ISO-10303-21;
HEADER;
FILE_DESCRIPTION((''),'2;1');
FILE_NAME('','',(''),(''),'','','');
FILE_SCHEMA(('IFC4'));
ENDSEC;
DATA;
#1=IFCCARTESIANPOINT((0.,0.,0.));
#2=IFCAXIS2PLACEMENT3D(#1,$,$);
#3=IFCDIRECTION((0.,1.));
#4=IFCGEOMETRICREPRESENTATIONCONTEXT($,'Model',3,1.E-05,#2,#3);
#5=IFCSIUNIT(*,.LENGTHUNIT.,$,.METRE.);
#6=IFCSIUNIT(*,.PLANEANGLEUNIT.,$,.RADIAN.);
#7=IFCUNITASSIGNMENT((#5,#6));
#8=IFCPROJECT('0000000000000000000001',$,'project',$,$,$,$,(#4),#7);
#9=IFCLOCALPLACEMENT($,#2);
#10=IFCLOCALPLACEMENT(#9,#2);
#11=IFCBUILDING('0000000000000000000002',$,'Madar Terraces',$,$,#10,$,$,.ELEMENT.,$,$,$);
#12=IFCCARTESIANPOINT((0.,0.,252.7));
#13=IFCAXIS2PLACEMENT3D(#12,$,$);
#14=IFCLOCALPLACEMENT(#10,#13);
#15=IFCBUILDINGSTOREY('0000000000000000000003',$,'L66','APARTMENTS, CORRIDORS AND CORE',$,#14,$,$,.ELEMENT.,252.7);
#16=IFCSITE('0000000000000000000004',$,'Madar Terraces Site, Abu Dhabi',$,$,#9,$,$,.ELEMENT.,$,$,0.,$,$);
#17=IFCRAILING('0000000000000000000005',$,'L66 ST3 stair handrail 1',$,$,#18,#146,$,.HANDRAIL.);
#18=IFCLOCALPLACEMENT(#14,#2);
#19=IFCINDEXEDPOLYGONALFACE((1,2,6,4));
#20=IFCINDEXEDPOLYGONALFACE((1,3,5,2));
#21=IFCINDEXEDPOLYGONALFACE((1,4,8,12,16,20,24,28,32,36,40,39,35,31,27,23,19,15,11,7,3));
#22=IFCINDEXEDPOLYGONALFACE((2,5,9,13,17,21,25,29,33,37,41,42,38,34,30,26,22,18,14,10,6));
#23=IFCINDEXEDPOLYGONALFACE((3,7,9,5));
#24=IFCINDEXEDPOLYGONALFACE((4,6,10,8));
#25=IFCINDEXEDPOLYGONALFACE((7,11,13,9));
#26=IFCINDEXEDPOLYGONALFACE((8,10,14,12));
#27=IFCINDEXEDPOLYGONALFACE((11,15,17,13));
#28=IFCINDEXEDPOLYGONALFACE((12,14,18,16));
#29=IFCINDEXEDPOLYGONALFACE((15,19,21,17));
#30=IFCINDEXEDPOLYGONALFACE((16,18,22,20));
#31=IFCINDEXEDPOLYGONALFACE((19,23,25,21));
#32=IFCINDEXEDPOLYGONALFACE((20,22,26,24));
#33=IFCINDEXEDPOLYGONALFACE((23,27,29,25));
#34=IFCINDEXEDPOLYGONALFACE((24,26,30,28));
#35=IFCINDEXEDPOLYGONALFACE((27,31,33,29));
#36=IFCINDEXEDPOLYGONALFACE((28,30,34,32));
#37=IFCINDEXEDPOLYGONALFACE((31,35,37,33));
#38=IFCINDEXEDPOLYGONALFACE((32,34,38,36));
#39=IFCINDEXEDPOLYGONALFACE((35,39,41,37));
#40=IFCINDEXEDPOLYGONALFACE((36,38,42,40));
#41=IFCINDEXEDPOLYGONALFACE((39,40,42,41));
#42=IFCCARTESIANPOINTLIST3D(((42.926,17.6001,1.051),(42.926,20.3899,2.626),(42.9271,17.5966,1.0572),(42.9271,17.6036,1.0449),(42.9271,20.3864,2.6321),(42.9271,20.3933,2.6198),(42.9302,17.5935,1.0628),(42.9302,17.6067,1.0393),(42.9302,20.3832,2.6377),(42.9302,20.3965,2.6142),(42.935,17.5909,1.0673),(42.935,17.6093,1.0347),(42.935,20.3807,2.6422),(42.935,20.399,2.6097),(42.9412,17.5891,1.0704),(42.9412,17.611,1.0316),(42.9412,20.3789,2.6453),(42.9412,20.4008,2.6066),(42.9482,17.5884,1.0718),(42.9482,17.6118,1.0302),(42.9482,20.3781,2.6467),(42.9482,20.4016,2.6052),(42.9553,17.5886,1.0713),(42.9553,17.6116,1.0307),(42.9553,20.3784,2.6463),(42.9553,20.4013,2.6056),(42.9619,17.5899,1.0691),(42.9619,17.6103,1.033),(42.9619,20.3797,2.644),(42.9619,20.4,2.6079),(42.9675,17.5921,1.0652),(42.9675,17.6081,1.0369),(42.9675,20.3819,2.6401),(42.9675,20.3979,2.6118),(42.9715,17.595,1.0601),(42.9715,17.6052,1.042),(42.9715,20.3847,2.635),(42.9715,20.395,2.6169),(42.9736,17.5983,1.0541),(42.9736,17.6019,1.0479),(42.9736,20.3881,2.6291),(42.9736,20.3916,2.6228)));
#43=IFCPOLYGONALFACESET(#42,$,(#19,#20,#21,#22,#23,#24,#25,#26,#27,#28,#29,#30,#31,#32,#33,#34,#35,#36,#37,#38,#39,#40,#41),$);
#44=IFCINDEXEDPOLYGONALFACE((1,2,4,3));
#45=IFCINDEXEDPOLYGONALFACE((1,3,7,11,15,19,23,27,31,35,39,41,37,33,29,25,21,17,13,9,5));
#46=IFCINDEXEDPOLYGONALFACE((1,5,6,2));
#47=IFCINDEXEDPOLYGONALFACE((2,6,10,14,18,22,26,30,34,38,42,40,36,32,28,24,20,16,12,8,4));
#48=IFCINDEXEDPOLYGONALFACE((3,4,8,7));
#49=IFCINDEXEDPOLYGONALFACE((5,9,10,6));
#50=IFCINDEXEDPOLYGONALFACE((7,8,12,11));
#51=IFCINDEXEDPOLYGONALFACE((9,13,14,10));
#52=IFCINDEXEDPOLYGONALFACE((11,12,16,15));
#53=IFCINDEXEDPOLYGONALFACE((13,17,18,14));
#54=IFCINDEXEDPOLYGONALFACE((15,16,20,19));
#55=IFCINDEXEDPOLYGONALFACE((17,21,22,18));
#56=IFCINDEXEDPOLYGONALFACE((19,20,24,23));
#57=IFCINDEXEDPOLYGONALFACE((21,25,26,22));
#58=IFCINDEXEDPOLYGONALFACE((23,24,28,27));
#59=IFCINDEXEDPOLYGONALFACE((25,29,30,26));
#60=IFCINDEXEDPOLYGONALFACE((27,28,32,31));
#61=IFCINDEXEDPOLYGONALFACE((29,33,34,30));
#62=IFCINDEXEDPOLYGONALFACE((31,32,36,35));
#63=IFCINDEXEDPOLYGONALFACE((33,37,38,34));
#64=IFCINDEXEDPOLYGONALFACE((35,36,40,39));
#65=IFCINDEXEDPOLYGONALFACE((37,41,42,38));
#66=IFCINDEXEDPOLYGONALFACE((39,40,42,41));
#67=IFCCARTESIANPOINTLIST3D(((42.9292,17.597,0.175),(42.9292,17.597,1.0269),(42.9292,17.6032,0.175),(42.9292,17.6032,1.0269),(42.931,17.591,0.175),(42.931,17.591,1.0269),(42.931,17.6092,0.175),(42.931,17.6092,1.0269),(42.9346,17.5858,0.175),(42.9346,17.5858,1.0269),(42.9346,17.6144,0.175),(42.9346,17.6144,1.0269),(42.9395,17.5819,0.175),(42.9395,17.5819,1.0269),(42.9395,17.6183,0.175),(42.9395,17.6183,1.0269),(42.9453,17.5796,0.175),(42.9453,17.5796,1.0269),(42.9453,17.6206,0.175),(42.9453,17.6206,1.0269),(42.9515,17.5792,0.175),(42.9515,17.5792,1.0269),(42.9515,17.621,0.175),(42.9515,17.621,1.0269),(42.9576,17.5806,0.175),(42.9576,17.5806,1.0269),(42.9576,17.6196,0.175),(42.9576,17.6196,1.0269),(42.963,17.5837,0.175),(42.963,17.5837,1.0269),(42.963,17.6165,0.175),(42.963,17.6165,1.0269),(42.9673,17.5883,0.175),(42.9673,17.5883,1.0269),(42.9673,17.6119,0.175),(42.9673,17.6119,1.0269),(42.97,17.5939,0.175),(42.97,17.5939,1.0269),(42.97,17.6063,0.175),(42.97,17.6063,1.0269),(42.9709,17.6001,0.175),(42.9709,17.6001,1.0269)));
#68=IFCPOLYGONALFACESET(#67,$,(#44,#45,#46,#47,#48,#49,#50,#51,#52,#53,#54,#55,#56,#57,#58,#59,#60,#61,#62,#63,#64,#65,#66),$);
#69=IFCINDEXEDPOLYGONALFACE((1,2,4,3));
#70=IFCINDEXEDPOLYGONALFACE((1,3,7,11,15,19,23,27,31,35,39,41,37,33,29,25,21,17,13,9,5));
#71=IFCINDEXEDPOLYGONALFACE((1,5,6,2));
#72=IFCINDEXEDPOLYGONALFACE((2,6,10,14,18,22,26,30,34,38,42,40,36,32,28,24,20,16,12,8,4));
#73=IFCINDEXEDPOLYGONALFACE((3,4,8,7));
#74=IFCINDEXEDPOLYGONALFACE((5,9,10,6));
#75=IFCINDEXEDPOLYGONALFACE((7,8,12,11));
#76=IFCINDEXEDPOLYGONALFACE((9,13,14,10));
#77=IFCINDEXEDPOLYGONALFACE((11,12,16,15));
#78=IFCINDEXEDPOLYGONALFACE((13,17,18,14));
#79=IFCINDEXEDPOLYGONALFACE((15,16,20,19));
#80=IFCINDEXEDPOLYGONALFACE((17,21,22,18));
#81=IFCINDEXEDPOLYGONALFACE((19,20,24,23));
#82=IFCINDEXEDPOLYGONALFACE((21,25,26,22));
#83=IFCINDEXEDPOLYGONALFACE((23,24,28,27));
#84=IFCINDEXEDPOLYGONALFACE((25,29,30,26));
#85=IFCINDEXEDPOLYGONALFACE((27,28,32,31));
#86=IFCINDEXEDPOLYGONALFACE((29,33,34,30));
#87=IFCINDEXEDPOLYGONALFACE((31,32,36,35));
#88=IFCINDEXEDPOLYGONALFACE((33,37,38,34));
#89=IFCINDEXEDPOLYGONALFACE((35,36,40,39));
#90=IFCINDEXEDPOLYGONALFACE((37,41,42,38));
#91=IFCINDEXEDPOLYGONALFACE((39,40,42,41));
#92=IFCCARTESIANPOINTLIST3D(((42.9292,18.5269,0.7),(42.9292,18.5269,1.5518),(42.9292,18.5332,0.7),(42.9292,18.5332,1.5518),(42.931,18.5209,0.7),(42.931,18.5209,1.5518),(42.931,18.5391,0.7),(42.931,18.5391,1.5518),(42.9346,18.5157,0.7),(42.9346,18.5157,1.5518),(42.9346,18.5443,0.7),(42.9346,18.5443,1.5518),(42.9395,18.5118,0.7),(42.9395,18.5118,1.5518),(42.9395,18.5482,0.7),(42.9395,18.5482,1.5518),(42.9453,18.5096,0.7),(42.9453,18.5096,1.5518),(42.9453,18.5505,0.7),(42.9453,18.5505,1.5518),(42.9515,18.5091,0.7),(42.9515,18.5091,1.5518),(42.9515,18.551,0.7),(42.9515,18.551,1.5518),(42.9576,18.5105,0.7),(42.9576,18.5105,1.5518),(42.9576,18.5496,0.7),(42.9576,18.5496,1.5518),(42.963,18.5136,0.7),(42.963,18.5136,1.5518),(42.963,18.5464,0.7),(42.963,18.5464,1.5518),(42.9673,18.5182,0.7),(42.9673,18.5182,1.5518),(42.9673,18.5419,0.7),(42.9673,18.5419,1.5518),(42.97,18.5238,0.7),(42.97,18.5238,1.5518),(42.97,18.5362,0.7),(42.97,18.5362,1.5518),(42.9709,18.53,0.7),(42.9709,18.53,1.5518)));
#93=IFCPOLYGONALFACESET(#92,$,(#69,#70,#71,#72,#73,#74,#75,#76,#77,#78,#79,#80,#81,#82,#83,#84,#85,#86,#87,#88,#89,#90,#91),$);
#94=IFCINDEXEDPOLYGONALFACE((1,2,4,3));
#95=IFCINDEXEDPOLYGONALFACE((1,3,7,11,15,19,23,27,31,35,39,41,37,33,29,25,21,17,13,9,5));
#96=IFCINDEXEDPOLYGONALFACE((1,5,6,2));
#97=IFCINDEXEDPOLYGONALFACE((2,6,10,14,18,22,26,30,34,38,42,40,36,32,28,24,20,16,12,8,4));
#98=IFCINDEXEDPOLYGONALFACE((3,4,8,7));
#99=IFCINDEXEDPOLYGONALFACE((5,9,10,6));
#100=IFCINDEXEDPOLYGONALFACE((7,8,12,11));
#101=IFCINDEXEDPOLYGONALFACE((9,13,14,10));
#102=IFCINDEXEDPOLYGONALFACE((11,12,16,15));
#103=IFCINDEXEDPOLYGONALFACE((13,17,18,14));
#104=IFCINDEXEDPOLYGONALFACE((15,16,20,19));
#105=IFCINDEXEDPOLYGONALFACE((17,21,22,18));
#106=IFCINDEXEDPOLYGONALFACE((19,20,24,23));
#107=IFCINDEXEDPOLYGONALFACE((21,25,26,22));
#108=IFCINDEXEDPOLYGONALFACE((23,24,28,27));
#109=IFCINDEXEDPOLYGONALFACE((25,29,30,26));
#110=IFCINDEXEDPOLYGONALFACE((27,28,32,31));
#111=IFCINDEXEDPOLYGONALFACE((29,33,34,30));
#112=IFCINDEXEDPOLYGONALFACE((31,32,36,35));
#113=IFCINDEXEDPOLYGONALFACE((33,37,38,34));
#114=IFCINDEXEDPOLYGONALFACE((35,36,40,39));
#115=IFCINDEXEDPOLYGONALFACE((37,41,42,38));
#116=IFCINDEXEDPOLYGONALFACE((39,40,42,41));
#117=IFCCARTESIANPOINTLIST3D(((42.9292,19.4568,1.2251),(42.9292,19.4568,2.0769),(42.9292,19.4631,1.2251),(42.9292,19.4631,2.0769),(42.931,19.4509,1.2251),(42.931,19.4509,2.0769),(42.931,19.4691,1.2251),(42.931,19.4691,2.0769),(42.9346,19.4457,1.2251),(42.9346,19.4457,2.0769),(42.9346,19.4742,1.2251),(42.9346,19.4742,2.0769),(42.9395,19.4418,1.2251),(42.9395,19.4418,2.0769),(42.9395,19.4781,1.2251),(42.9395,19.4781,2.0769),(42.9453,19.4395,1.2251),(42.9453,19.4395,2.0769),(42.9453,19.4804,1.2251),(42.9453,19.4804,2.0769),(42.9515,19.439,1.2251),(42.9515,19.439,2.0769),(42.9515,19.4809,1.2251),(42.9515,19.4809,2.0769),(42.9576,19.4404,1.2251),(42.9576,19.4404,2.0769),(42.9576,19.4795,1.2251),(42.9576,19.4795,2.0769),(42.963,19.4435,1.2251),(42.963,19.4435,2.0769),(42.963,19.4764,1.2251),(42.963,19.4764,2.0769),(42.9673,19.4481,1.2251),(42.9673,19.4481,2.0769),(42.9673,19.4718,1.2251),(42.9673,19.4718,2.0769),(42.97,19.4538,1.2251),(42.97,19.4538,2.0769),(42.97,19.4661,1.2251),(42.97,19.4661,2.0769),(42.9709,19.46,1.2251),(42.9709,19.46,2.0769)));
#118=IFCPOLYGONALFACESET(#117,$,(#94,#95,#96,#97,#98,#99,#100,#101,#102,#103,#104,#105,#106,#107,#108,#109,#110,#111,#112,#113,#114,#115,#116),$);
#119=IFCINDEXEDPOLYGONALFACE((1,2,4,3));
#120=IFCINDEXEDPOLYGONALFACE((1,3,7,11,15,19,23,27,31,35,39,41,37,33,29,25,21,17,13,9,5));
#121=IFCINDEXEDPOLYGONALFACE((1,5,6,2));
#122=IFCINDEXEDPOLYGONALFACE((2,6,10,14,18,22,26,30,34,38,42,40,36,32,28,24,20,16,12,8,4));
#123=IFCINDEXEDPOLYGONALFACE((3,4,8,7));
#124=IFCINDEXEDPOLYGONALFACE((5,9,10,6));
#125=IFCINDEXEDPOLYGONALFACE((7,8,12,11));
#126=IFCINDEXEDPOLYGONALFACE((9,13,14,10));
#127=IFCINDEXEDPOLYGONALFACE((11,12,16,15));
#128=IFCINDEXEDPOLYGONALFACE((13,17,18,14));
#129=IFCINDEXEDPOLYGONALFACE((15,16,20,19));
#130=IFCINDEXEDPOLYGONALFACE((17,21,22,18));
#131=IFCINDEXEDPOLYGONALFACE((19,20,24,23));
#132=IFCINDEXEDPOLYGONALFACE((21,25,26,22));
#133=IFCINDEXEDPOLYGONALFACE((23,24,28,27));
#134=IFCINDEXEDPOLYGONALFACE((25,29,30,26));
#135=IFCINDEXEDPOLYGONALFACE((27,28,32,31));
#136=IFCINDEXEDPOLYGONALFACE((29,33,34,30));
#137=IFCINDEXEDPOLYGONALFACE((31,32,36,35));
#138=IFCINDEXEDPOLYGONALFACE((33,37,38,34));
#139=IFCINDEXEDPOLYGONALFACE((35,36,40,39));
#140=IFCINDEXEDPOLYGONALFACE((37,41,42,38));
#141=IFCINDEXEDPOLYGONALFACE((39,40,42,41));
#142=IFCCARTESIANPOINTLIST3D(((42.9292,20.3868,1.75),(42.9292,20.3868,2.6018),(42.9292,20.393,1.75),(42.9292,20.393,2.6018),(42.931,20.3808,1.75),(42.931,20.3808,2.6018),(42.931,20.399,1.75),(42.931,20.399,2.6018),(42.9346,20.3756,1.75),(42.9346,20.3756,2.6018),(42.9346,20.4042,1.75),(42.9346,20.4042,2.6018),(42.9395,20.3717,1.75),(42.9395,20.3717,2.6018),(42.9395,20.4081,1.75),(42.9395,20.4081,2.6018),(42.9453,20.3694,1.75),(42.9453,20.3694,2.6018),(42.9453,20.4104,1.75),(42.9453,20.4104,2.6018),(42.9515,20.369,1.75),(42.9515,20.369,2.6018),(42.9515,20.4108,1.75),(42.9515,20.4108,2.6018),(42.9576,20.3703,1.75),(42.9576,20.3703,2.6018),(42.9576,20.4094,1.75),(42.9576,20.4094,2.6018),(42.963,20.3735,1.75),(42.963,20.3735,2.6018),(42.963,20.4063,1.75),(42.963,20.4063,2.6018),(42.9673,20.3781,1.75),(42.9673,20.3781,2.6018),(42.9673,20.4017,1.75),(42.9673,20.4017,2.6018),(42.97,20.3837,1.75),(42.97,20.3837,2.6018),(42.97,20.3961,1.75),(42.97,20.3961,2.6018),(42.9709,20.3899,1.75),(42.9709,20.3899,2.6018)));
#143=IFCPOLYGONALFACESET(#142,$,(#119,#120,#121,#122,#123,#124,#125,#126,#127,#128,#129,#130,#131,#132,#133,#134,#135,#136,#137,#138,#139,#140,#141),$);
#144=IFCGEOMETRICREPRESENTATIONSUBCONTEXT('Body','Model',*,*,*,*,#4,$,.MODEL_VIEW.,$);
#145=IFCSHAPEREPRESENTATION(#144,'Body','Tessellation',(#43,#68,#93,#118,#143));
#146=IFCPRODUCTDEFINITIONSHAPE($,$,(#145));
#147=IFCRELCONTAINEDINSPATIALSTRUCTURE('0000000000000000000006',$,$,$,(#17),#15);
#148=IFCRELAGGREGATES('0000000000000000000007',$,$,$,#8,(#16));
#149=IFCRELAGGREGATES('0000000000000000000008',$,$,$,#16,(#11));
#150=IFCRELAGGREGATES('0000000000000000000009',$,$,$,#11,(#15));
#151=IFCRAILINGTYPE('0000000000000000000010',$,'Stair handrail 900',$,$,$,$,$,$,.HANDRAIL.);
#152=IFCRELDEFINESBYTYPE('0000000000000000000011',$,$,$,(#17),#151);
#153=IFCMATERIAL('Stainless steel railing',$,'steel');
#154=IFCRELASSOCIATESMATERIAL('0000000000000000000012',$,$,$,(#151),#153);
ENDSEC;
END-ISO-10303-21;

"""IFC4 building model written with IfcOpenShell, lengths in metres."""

from ifc_helpers import new_model, si_unit, direction, frame, origin, origin_2d, place, context, subcontext, project, spatial, circle, extrude, material, type_object, element, save


model = new_model("IFC4")

# Units and contexts
model_context = context("Model", 3, precision=1e-05, world=origin(), true_north=direction((0.0, 1.0)))
body_context = subcontext(model_context, "Body", "Model", "MODEL_VIEW")
ifc_project = project(units=[si_unit("LENGTHUNIT", "METRE"), si_unit("PLANEANGLEUNIT", "RADIAN")], contexts=[model_context])

# Site, building, storey
site_placement = place(None, origin())
site = spatial("IfcSite", under=ifc_project, at=site_placement, Name="Madar Terraces Site, Abu Dhabi", CompositionType="ELEMENT", RefElevation=0.0)
building_placement = place(site_placement, origin())
building = spatial("IfcBuilding", under=site, at=building_placement, Name="Madar Terraces", CompositionType="ELEMENT")
storey_placement = place(building_placement, frame((0.0, 0.0, 252.7)))
storey = spatial("IfcBuildingStorey", under=building, at=storey_placement, Name="L66", Description="APARTMENTS, CORRIDORS AND CORE", CompositionType="ELEMENT", Elevation=252.7)

# Railing
ifc_material_1 = material(Name="Stainless steel railing", Category="steel")
railing_type_1 = type_object("IfcRailingType", Name="Stair handrail 900", PredefinedType="HANDRAIL", material=ifc_material_1)
railing_1_placement = place(storey_placement, frame((42.95, 17.6001, 0.175)))
element("IfcRailing", 1, at=railing_1_placement, inside=storey, type_object=railing_type_1, Name="L66 ST3 stair handrail 1", PredefinedType="HANDRAIL", context=body_context, shape_type="SweptSolid", body=[
    extrude(circle(Radius=0.0239, at=origin_2d()), frame((0.0, 0.0, 0.876), z_axis=(0.0, 0.870815, 0.49161), x_axis=(-1.0, 0.0, 0.0)), (0.0, 0.0, 1.0), 3.2036),
    extrude(circle(Radius=0.021, at=origin_2d()), origin(), (0.0, 0.0, 1.0), 0.8518),
    extrude(circle(Radius=0.021, at=origin_2d()), frame((0.0, 0.9299, 0.5249)), (0.0, 0.0, 1.0), 0.8518),
    extrude(circle(Radius=0.021, at=origin_2d()), frame((0.0, 1.8599, 1.05)), (0.0, 0.0, 1.0), 0.8518),
    extrude(circle(Radius=0.021, at=origin_2d()), frame((0.0, 2.7898, 1.575)), (0.0, 0.0, 1.0), 0.8518),
])

save(model, "model.ifc")
